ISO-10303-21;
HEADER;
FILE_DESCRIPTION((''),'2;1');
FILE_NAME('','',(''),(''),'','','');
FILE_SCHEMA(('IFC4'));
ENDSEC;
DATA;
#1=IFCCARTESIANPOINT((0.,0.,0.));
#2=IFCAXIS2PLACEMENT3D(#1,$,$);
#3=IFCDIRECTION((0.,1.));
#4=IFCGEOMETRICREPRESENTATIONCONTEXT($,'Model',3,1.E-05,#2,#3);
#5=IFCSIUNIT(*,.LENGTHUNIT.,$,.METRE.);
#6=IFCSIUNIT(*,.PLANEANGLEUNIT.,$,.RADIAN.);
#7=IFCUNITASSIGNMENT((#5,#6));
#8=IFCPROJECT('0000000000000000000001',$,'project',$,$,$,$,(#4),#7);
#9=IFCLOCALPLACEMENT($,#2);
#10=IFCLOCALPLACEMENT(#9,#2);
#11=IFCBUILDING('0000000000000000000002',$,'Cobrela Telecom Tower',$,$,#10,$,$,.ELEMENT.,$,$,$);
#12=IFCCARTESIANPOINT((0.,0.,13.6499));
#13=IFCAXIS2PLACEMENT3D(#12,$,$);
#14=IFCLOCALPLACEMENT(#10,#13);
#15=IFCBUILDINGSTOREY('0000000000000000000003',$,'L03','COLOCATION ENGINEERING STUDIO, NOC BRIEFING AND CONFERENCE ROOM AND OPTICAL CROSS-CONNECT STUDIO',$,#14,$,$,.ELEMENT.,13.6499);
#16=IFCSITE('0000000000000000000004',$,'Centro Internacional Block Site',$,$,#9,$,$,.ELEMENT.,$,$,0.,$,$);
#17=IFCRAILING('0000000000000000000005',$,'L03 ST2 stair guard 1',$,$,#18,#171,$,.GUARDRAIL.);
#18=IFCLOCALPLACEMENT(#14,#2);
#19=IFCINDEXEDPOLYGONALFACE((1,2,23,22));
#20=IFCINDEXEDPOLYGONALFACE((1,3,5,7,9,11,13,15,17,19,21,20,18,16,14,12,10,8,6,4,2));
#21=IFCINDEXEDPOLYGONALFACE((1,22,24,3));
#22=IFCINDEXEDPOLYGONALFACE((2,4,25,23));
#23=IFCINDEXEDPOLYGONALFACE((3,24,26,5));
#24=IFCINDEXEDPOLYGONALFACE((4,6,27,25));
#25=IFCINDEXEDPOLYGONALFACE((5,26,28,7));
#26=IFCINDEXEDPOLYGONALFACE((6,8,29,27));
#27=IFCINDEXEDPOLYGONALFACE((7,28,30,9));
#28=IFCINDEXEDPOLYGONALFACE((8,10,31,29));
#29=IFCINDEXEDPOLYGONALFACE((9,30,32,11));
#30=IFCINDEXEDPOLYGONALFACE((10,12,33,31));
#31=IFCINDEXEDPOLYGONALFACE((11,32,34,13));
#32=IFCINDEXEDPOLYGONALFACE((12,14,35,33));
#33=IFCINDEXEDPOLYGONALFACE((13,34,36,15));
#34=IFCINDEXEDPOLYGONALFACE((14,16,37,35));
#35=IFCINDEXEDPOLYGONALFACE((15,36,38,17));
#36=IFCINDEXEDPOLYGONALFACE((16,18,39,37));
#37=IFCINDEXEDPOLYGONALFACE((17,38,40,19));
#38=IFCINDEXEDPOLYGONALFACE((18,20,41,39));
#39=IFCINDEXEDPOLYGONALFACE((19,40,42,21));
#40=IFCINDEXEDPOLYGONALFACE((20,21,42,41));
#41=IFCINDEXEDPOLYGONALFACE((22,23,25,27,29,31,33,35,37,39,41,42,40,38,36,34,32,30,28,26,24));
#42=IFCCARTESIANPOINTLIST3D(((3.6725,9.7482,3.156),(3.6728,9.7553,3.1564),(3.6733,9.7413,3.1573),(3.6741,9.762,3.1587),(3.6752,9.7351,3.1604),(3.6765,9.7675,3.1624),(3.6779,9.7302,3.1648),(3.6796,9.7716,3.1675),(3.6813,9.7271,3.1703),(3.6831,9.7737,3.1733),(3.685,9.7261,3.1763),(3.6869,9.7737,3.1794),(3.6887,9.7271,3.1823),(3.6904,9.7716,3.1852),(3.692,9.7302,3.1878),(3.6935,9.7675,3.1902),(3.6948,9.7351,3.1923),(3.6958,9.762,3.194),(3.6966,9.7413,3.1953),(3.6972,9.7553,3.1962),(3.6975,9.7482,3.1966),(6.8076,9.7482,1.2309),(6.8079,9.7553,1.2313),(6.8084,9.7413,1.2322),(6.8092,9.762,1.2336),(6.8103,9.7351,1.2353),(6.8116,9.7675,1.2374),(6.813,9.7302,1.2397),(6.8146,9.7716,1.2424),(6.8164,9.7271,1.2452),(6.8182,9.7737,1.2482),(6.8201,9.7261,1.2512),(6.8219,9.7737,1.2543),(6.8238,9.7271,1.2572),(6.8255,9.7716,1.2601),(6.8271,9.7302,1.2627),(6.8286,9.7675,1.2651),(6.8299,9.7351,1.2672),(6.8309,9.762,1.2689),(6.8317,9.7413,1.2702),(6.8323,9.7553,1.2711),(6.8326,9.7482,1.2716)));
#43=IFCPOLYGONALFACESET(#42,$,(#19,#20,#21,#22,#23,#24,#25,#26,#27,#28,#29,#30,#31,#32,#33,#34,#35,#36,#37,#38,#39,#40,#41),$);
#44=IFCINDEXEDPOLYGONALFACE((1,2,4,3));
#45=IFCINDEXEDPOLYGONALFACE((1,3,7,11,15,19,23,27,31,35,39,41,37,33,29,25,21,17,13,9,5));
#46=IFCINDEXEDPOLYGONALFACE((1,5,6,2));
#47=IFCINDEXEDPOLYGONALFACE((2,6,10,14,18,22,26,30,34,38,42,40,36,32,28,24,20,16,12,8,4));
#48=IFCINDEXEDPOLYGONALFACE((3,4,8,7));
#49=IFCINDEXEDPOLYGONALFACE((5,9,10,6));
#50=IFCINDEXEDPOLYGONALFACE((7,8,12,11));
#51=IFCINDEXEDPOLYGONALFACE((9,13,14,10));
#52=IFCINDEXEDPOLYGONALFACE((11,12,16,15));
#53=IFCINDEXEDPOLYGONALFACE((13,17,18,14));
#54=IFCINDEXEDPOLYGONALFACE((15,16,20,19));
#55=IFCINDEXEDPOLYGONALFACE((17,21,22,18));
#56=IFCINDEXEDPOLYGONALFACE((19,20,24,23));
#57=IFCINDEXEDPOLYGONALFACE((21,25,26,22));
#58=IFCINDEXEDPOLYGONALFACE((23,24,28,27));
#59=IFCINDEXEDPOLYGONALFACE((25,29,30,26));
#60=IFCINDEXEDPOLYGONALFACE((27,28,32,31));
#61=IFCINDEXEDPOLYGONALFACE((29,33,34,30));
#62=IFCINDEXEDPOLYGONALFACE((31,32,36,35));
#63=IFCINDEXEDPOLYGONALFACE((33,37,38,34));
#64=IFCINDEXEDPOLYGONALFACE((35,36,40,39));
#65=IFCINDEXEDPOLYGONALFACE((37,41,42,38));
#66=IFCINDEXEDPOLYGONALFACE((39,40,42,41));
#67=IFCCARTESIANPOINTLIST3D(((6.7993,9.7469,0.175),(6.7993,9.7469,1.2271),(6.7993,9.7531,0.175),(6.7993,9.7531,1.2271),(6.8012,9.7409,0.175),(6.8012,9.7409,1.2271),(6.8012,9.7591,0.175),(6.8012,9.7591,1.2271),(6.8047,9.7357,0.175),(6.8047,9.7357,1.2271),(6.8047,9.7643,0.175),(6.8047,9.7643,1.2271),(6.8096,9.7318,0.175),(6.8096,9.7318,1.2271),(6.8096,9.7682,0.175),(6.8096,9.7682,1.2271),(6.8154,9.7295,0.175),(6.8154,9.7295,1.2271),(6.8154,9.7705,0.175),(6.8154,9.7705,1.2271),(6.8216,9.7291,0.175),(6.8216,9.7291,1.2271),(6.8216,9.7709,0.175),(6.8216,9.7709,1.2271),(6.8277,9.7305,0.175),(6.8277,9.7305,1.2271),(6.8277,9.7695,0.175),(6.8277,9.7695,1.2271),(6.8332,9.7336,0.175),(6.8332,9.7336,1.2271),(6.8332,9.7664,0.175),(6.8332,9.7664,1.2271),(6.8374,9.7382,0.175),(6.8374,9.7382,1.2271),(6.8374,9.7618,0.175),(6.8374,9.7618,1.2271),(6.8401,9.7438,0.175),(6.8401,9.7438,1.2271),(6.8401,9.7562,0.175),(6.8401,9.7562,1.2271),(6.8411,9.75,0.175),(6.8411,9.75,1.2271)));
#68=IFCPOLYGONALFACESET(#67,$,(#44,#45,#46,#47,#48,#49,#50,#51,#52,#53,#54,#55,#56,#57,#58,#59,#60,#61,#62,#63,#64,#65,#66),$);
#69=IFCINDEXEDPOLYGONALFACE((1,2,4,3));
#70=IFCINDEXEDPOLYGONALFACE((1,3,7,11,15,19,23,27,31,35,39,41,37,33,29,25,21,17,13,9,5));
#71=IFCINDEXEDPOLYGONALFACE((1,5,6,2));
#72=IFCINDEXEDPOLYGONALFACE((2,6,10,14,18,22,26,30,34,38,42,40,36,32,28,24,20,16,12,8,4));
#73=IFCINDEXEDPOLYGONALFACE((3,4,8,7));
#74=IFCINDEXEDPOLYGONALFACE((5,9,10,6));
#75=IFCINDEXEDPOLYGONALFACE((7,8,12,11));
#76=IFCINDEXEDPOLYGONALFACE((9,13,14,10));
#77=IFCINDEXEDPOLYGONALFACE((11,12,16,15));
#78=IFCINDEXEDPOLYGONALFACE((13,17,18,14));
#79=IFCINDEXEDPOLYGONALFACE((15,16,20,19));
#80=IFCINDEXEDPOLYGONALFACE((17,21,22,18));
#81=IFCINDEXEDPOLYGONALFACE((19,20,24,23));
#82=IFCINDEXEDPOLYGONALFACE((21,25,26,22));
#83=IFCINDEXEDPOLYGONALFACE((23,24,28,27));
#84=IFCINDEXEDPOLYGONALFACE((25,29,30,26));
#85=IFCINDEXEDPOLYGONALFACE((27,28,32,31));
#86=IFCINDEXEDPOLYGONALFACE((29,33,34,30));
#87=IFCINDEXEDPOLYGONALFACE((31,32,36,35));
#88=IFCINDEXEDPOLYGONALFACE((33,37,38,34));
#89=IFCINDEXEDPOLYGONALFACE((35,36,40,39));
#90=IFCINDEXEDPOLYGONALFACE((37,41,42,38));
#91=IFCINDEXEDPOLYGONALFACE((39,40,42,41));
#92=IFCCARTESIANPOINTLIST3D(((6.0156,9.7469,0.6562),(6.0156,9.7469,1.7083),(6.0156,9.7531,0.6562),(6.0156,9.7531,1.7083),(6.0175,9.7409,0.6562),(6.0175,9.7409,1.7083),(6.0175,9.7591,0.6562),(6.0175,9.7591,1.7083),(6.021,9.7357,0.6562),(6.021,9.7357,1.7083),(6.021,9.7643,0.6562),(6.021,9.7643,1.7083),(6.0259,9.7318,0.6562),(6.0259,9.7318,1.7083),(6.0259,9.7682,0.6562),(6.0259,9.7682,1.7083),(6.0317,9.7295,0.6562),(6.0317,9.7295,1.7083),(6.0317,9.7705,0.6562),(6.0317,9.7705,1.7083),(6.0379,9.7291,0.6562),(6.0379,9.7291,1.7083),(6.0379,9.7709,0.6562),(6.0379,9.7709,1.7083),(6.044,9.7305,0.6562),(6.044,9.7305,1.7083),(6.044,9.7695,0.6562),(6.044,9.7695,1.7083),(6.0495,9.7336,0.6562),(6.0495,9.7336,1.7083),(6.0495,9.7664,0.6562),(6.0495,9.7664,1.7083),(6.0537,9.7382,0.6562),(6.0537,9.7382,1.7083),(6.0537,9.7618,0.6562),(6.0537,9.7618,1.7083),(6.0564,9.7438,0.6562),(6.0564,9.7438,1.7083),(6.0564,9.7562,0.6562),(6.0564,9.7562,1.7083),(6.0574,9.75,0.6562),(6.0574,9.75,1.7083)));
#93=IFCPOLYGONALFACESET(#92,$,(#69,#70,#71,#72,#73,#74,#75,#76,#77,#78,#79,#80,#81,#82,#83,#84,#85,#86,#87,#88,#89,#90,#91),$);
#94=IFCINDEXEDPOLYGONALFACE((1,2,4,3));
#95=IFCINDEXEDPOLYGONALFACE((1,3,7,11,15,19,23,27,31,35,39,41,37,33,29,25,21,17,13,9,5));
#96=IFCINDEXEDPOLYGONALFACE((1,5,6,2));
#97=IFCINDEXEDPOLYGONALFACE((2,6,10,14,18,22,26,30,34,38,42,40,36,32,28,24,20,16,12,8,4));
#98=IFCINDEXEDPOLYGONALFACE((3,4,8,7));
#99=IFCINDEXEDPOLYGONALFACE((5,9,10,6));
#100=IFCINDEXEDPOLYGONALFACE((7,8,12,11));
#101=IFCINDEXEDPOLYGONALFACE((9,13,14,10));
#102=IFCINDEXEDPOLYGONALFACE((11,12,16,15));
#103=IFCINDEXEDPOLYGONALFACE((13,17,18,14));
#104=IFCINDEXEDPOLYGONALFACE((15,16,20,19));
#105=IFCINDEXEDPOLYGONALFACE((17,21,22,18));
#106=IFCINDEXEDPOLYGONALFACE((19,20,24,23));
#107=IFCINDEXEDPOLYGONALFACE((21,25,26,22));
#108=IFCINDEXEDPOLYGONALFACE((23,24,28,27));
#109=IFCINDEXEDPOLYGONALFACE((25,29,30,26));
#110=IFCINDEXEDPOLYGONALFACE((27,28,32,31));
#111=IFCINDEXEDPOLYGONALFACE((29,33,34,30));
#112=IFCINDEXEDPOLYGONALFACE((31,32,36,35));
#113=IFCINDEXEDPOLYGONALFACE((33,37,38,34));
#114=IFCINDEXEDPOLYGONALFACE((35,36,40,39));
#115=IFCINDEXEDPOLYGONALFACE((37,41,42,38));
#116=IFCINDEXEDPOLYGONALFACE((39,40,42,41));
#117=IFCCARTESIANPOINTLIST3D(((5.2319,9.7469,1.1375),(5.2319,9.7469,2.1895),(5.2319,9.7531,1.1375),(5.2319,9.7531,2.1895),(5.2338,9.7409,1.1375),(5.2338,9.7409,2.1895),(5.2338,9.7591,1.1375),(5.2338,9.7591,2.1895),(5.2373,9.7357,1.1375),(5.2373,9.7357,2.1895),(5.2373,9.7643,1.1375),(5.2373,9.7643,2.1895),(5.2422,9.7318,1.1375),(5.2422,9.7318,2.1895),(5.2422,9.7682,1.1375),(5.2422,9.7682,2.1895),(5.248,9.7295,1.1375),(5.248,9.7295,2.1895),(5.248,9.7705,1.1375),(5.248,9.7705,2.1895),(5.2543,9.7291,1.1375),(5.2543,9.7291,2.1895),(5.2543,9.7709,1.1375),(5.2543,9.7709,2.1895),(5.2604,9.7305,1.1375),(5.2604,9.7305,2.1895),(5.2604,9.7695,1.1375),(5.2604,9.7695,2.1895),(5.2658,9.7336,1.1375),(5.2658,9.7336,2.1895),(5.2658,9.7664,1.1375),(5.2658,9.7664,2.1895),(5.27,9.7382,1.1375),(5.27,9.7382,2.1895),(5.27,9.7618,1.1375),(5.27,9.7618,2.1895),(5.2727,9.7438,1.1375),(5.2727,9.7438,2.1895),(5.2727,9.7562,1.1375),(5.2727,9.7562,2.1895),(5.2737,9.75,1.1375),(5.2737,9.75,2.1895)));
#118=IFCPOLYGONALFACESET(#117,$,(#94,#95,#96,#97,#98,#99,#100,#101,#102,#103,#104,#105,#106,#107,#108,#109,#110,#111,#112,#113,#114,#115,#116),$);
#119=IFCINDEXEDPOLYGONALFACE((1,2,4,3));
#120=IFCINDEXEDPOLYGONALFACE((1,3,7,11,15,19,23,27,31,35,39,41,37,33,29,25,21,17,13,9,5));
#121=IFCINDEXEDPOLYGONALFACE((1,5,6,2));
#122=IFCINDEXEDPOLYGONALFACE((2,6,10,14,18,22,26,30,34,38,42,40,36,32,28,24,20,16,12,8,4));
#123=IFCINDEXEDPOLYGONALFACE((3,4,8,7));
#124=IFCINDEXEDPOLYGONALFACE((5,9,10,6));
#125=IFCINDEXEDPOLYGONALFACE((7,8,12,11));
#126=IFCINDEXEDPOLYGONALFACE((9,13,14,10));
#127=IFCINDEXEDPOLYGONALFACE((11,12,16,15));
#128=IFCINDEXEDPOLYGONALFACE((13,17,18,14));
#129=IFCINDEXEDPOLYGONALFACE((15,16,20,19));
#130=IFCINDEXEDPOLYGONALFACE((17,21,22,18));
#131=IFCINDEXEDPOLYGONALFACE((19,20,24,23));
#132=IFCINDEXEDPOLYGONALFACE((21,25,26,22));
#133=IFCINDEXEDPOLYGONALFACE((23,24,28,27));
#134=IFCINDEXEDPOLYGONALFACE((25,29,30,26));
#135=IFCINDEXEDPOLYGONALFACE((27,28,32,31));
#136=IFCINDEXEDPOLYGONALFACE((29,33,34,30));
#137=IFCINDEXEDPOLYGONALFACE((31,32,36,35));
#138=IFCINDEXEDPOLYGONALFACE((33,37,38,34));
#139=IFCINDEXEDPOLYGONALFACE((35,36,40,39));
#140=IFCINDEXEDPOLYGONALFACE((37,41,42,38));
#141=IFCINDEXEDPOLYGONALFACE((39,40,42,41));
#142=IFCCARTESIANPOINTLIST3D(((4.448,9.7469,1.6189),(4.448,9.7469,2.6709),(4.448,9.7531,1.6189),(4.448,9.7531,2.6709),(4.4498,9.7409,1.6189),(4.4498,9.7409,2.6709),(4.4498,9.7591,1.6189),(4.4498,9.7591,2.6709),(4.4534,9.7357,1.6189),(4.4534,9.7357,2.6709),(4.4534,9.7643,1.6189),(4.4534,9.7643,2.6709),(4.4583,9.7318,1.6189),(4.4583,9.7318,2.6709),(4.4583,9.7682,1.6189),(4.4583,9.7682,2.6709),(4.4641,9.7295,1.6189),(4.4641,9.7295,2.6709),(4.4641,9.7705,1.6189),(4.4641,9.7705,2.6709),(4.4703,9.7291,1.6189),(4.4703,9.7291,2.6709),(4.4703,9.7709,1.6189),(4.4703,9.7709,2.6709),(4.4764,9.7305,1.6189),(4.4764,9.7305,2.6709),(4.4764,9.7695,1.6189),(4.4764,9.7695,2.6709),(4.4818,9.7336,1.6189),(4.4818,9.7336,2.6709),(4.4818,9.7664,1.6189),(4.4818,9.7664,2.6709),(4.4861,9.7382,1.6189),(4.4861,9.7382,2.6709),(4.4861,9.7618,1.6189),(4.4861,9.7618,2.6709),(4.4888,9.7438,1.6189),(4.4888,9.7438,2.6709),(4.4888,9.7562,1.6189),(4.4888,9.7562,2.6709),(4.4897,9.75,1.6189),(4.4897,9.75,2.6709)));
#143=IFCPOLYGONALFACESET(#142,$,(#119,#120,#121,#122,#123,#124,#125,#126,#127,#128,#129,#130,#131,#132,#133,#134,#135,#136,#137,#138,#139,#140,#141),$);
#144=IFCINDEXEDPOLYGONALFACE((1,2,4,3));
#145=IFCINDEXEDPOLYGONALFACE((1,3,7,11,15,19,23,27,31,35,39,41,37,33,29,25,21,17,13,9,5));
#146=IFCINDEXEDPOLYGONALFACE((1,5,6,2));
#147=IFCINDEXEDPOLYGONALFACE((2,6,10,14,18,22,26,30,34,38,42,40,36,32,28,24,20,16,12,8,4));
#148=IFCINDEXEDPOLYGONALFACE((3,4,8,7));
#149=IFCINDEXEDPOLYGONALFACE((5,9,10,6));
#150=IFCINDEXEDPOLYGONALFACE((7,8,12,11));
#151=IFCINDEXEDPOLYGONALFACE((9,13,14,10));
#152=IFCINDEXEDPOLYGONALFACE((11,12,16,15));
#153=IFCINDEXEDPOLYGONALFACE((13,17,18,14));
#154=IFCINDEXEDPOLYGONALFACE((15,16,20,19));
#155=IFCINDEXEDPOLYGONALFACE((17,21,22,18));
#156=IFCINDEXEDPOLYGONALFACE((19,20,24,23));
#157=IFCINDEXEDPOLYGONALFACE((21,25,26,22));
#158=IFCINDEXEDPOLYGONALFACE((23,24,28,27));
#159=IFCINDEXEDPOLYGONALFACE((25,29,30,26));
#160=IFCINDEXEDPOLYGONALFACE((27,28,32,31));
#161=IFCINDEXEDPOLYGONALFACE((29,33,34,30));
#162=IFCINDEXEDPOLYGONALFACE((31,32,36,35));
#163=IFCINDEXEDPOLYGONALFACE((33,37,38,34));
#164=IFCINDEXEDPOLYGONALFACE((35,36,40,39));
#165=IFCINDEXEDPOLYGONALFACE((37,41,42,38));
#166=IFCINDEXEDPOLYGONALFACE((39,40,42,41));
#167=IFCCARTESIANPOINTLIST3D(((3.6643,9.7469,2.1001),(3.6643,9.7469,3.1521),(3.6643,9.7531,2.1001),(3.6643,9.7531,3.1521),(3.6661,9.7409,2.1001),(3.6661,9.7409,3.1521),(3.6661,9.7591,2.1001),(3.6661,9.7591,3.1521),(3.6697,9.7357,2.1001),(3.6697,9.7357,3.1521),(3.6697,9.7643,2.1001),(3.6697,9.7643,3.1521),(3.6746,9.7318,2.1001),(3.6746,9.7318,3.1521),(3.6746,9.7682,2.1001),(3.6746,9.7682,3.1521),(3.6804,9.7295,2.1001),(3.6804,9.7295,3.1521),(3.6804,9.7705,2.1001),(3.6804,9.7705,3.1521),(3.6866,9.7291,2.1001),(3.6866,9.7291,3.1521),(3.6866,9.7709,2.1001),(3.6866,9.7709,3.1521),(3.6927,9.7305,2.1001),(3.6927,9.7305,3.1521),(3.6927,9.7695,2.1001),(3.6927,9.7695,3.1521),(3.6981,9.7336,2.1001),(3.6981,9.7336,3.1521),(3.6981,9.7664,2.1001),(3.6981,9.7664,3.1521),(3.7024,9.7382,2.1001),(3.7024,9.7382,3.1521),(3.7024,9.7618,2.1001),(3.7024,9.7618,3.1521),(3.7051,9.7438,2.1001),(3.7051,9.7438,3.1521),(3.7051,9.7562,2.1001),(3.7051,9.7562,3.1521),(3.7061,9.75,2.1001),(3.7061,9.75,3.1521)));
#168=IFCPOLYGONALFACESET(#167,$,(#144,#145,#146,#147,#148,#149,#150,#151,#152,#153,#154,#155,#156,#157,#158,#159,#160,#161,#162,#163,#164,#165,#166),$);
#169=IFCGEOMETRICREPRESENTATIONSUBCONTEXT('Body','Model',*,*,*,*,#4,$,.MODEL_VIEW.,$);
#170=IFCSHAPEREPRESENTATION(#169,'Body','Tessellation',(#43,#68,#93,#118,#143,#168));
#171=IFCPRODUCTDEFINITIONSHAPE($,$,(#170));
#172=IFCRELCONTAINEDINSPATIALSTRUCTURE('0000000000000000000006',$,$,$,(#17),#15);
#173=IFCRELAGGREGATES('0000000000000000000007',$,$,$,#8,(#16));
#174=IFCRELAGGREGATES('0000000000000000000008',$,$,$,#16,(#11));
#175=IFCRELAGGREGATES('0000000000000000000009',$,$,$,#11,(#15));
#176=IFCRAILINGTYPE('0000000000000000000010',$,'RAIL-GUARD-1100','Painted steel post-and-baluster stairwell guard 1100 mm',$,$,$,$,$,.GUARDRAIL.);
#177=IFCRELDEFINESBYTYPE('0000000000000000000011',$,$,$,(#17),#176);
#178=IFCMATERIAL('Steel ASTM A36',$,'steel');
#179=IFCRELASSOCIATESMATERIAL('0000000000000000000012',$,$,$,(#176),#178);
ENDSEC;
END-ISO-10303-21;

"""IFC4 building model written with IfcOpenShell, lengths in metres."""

from ifc_helpers import new_model, si_unit, direction, frame, origin, origin_2d, place, context, subcontext, project, spatial, circle, extrude, material, type_object, element, save


model = new_model("IFC4")

# Units and contexts
model_context = context("Model", 3, precision=1e-05, world=origin(), true_north=direction((0.0, 1.0)))
body_context = subcontext(model_context, "Body", "Model", "MODEL_VIEW")
ifc_project = project(units=[si_unit("LENGTHUNIT", "METRE"), si_unit("PLANEANGLEUNIT", "RADIAN")], contexts=[model_context])

# Site, building, storey
site_placement = place(None, origin())
site = spatial("IfcSite", under=ifc_project, at=site_placement, Name="Centro Internacional Block Site", CompositionType="ELEMENT", RefElevation=0.0)
building_placement = place(site_placement, origin())
building = spatial("IfcBuilding", under=site, at=building_placement, Name="Cobrela Telecom Tower", CompositionType="ELEMENT")
storey_placement = place(building_placement, frame((0.0, 0.0, 13.6499)))
storey = spatial("IfcBuildingStorey", under=building, at=storey_placement, Name="L03", Description="COLOCATION ENGINEERING STUDIO, NOC BRIEFING AND CONFERENCE ROOM AND OPTICAL CROSS-CONNECT STUDIO", CompositionType="ELEMENT", Elevation=13.6499)

# Railing
ifc_material_1 = material(Name="Steel ASTM A36", Category="steel")
railing_type_1 = type_object("IfcRailingType", Name="RAIL-GUARD-1100", Description="Painted steel post-and-baluster stairwell guard 1100 mm", PredefinedType="GUARDRAIL", material=ifc_material_1)
railing_1_placement = place(storey_placement, frame((6.8201, 9.75, 0.175)))
element("IfcRailing", 1, at=railing_1_placement, inside=storey, type_object=railing_type_1, Name="L03 ST2 stair guard 1", PredefinedType="GUARDRAIL", context=body_context, shape_type="SweptSolid", body=[
    extrude(circle(Radius=0.0239, at=origin_2d()), frame((0.0, 0.0, 1.0762), z_axis=(-0.852166, 0.0, 0.523271), x_axis=(0.0, -1.0, 0.0)), (0.0, 0.0, 1.0), 3.679),
    extrude(circle(Radius=0.021, at=origin_2d()), origin(), (0.0, 0.0, 1.0), 1.052),
    extrude(circle(Radius=0.021, at=origin_2d()), frame((-0.7837, 0.0, 0.4812)), (0.0, 0.0, 1.0), 1.052),
    extrude(circle(Radius=0.021, at=origin_2d()), frame((-1.5674, 0.0, 0.9624)), (0.0, 0.0, 1.0), 1.052),
    extrude(circle(Radius=0.021, at=origin_2d()), frame((-2.3513, 0.0, 1.4438)), (0.0, 0.0, 1.0), 1.052),
    extrude(circle(Radius=0.021, at=origin_2d()), frame((-3.135, 0.0, 1.925)), (0.0, 0.0, 1.0), 1.052),
])

save(model, "model.ifc")
